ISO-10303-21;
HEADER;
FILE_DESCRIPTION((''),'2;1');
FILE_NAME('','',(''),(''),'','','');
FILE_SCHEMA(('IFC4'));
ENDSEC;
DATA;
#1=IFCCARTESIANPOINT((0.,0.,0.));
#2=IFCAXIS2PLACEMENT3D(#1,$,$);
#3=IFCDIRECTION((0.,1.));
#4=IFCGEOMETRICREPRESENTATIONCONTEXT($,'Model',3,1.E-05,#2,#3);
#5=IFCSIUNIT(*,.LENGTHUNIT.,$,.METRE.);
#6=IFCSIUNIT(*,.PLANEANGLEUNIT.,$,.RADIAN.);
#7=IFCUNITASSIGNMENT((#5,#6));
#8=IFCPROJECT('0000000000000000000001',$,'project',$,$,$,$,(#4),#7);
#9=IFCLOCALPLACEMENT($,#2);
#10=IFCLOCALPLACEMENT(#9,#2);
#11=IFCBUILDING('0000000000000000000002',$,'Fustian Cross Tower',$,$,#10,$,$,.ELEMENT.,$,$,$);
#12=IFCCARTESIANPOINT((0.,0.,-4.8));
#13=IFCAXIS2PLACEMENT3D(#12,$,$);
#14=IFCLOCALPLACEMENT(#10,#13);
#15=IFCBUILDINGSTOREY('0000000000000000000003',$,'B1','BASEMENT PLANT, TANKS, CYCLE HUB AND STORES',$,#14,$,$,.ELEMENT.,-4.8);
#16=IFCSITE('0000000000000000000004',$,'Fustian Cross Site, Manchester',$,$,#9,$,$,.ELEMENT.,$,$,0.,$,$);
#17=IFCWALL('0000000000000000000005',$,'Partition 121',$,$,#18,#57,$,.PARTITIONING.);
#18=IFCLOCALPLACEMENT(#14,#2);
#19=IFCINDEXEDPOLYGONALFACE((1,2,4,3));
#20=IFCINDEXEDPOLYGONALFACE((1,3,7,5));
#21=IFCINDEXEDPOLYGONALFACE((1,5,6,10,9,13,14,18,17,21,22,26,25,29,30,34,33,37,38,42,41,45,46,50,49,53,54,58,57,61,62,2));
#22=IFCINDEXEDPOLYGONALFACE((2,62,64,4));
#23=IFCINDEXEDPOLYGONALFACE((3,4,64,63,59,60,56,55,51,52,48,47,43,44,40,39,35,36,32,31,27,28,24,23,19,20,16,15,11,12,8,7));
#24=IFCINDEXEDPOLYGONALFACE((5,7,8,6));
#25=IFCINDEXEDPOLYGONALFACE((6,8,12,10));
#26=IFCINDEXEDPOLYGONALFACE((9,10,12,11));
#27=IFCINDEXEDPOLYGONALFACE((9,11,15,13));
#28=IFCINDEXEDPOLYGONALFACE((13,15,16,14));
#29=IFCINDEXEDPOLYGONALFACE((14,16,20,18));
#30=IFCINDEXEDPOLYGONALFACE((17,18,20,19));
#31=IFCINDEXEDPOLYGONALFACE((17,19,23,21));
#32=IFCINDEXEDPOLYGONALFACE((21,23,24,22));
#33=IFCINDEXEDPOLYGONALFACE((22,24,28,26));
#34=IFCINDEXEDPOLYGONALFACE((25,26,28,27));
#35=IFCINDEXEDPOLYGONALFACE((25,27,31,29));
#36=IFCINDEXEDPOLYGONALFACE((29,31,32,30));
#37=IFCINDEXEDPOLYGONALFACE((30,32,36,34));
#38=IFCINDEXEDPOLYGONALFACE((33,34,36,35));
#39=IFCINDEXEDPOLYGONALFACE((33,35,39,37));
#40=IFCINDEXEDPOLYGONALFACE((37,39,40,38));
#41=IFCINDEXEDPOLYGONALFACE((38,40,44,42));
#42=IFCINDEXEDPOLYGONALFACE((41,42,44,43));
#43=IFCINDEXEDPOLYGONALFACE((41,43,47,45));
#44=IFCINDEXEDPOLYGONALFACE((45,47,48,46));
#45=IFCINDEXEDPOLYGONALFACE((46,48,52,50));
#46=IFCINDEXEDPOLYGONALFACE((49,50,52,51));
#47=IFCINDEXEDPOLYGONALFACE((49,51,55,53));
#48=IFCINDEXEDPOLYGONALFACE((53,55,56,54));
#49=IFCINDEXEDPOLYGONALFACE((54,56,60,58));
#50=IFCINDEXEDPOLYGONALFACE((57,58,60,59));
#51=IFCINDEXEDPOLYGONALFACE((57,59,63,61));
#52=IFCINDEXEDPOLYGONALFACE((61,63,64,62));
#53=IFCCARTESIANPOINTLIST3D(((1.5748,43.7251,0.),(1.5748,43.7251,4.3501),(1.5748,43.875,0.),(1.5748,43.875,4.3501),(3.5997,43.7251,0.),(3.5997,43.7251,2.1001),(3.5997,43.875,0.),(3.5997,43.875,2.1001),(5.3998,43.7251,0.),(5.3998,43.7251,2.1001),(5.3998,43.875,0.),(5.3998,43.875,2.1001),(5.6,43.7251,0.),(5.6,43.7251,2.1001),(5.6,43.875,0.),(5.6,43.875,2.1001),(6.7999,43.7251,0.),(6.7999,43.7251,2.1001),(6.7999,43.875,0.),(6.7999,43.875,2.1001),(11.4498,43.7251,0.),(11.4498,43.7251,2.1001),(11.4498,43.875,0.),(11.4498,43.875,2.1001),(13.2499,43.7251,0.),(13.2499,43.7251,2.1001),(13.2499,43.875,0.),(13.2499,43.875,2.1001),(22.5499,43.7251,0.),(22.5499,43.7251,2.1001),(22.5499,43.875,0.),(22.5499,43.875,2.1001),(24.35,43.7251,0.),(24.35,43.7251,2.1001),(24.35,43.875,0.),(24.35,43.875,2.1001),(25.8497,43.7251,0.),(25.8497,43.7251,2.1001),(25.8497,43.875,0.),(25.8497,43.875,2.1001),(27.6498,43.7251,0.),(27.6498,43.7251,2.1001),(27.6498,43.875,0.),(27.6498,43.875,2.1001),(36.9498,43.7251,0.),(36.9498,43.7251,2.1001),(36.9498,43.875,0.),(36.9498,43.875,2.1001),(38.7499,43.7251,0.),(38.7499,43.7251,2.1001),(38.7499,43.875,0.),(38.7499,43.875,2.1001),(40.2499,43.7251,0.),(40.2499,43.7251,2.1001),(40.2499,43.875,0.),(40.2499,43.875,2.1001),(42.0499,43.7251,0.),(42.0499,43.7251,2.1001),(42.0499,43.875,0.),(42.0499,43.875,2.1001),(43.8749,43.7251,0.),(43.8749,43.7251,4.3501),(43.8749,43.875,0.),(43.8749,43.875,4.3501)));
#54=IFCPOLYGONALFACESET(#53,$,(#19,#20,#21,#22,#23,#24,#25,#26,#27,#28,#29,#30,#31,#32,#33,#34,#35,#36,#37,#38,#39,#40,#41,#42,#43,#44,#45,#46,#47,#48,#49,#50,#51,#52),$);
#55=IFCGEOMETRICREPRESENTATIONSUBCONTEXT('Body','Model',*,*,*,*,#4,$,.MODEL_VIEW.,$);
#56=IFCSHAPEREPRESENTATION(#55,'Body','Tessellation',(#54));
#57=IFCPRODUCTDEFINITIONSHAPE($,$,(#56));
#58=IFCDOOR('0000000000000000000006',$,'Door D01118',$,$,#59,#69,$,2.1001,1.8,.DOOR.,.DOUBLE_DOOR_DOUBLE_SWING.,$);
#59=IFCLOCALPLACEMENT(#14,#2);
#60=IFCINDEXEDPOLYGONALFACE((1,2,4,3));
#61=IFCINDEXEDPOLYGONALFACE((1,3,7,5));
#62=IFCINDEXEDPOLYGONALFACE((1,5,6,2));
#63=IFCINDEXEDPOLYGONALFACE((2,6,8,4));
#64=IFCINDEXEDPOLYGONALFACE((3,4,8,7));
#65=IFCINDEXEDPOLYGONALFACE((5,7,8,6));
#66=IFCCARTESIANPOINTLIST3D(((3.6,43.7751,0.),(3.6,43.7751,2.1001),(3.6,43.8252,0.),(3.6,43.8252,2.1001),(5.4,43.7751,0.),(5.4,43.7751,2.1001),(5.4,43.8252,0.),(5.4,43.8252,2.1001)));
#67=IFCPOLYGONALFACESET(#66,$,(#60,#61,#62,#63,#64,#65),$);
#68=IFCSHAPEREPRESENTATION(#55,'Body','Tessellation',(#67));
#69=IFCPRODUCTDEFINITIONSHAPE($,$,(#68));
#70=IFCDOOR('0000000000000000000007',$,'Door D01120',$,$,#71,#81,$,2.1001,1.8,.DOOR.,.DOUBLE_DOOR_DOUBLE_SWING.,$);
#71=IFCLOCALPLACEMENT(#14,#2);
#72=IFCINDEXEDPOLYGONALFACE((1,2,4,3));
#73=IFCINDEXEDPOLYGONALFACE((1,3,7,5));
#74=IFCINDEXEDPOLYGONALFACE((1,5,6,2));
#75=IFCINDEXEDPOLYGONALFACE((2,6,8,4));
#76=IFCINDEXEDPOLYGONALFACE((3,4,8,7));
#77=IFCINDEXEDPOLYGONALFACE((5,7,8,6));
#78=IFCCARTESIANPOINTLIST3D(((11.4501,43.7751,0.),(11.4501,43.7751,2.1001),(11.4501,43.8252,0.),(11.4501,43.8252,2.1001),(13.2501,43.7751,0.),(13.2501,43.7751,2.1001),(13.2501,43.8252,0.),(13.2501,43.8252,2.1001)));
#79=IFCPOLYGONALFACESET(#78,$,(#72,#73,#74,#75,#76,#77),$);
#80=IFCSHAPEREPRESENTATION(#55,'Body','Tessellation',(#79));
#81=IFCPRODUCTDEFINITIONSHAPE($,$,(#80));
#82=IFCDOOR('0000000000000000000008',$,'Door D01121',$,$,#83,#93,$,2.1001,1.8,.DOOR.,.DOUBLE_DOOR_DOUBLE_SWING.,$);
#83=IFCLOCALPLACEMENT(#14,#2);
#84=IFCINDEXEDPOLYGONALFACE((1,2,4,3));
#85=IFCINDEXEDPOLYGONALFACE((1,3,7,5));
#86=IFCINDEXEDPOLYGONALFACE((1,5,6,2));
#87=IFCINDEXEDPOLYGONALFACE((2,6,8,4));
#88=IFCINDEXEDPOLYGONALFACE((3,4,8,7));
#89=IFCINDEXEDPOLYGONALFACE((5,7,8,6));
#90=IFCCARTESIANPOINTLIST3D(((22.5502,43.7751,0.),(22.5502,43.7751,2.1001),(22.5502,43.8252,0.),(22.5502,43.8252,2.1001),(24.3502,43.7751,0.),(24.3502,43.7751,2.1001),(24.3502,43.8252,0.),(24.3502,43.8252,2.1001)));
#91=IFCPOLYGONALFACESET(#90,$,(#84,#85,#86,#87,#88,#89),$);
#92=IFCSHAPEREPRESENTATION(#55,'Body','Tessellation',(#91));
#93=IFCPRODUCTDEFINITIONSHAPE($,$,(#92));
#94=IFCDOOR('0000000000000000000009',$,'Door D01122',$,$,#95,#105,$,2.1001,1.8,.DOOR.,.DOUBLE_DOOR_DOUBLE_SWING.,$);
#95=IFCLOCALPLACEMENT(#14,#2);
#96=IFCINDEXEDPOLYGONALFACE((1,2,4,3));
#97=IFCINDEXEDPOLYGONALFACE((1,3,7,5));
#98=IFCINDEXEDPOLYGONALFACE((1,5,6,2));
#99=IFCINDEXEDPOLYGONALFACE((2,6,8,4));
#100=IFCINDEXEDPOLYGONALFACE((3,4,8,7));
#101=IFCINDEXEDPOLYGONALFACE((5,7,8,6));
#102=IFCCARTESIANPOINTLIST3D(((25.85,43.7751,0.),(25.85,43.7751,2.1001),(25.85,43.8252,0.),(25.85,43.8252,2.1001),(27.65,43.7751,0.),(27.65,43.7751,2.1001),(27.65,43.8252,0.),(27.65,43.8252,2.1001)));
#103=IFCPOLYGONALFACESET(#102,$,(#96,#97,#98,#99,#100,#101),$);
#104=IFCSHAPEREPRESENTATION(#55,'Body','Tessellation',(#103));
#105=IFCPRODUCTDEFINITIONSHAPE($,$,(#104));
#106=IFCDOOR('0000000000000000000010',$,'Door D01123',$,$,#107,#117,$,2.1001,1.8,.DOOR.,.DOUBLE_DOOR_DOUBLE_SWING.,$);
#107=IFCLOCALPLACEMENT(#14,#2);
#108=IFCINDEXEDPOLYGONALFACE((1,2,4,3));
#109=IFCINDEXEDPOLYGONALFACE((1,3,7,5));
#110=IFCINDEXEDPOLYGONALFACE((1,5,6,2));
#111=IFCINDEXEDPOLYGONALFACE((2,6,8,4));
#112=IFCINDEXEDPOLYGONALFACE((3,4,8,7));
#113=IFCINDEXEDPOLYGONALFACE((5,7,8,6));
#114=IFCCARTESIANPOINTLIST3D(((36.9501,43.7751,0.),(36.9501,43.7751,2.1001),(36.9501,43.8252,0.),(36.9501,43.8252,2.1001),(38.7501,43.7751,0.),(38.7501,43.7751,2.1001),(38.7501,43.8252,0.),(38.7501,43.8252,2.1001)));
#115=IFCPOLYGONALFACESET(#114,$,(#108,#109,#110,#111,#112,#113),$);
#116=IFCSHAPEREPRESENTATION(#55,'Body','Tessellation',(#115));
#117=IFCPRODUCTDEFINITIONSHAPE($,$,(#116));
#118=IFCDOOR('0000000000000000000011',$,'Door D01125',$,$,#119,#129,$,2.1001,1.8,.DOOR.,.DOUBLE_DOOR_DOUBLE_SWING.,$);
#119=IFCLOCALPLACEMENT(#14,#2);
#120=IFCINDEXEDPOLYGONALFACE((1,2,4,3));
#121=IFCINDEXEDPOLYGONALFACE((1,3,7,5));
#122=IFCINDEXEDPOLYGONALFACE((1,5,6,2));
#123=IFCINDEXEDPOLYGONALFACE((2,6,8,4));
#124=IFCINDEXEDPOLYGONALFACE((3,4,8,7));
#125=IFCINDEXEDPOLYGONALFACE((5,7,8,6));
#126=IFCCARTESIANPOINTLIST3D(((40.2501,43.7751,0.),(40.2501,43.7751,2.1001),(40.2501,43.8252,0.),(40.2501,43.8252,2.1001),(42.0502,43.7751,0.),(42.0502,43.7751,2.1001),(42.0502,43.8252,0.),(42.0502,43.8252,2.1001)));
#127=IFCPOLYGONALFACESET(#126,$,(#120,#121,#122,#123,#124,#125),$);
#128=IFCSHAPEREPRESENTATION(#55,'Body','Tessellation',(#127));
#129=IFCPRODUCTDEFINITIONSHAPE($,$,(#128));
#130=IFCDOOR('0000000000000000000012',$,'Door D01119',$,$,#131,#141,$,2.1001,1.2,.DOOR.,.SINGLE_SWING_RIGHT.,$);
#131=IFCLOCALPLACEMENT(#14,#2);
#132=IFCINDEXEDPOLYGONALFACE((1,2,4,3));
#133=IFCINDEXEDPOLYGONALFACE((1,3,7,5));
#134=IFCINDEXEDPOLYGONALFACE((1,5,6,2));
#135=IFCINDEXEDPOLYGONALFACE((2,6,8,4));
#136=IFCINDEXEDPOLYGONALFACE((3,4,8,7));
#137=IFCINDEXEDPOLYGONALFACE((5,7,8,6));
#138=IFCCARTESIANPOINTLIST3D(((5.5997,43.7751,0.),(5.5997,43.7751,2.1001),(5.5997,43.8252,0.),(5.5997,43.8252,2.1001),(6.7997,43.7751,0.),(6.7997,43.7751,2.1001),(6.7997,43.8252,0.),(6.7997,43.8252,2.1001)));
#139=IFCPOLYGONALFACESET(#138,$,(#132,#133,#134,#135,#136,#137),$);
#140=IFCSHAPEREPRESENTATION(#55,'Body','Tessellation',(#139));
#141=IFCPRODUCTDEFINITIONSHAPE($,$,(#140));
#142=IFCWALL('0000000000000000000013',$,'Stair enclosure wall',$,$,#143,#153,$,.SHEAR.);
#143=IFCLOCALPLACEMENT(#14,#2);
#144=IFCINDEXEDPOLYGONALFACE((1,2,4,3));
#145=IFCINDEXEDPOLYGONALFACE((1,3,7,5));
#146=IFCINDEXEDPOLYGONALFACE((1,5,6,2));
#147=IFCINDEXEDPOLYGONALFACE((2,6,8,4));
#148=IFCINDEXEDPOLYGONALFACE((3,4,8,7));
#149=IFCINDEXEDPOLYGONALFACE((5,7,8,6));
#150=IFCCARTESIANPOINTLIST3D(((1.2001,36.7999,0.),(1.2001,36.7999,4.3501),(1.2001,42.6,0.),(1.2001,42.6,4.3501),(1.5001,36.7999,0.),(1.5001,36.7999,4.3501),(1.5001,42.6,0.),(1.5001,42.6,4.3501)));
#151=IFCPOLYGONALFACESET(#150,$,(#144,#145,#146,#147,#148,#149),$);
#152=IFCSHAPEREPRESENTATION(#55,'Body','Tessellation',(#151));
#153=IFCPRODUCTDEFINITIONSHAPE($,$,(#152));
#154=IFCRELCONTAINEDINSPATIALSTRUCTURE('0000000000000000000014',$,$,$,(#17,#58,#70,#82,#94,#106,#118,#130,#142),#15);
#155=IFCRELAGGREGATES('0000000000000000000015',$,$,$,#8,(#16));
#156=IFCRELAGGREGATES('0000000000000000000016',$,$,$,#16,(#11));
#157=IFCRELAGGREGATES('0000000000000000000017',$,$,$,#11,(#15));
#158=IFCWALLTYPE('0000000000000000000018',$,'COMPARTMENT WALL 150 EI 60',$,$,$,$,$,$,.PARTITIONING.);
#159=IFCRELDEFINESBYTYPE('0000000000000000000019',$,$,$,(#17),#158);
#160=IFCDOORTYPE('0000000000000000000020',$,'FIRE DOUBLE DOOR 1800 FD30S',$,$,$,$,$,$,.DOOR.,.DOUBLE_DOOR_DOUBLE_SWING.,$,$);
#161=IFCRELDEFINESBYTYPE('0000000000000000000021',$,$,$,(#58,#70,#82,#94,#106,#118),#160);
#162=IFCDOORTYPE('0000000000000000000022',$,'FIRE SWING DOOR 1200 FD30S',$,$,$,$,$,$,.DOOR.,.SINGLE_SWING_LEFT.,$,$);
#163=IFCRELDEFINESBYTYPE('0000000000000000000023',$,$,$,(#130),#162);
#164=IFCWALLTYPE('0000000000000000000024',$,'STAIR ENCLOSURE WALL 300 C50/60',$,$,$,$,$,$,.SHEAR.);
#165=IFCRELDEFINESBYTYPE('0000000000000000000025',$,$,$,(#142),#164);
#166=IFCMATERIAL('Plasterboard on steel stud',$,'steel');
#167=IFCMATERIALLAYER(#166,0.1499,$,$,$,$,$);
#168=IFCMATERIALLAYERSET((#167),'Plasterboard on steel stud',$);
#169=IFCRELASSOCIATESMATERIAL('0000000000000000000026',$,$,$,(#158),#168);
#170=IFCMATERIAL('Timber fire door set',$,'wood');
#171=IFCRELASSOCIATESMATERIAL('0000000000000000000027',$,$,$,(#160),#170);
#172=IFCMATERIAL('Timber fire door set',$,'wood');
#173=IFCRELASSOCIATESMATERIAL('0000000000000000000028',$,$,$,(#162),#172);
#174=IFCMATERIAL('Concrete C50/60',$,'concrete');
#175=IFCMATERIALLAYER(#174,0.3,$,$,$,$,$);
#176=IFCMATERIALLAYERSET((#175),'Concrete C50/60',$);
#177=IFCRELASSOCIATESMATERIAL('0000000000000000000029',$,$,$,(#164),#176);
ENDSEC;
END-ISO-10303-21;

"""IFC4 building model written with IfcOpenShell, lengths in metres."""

from ifc_helpers import new_model, si_unit, direction, frame, frame_2d, origin, place, context, subcontext, project, spatial, rectangle, extrude, material, layer, layer_set, type_object, element, fill, save


model = new_model("IFC4")

# Units and contexts
model_context = context("Model", 3, precision=1e-05, world=origin(), true_north=direction((0.0, 1.0)))
body_context = subcontext(model_context, "Body", "Model", "MODEL_VIEW")
ifc_project = project(units=[si_unit("LENGTHUNIT", "METRE"), si_unit("PLANEANGLEUNIT", "RADIAN")], contexts=[model_context])

# Site, building, storey
site_placement = place(None, origin())
site = spatial("IfcSite", under=ifc_project, at=site_placement, Name="Fustian Cross Site, Manchester", CompositionType="ELEMENT", RefElevation=0.0)
building_placement = place(site_placement, origin())
building = spatial("IfcBuilding", under=site, at=building_placement, Name="Fustian Cross Tower", CompositionType="ELEMENT")
storey_placement = place(building_placement, frame((0.0, 0.0, -4.8)))
storey = spatial("IfcBuildingStorey", under=building, at=storey_placement, Name="B1", Description="BASEMENT PLANT, TANKS, CYCLE HUB AND STORES", CompositionType="ELEMENT", Elevation=-4.8)

# Shared definitions
ifc_material_1 = material(Name="Plasterboard on steel stud", Category="steel")
ifc_layer_1 = layer(ifc_material_1, 0.1499)
ifc_layer_set_1 = layer_set([ifc_layer_1], Name="Plasterboard on steel stud")
wall_type_1 = type_object("IfcWallType", Name="COMPARTMENT WALL 150 EI 60", PredefinedType="PARTITIONING", material=ifc_layer_set_1)
ifc_material_2 = material(Name="Timber fire door set", Category="wood")
door_type_1 = type_object("IfcDoorType", Name="FIRE DOUBLE DOOR 1800 FD30S", OperationType="DOUBLE_DOOR_DOUBLE_SWING", PredefinedType="DOOR", material=ifc_material_2)

# Wall, openings, doors
wall_1_placement = place(storey_placement, frame((1.575, 43.8, 0.0), z_axis=(0.0, 0.0, 1.0), x_axis=(1.0, 0.0, 0.0)))
wall_1 = element("IfcWall", 1, at=wall_1_placement, inside=storey, type_object=wall_type_1, Name="Partition 121", PredefinedType="PARTITIONING", context=body_context, shape_type="SweptSolid", body=[
    extrude(rectangle(XDim=42.3, YDim=0.1499, at=frame_2d((21.1499, 0.0))), origin(), (0.0, 0.0, 1.0), 4.3501),
])
opening_1_placement = place(wall_1_placement, frame((2.0249, 0.0, 0.0)))
opening_1 = element("IfcOpeningElement", 2, at=opening_1_placement, cuts=wall_1, PredefinedType="OPENING", context=body_context, shape_type="SweptSolid", body=[
    extrude(rectangle(XDim=1.8, YDim=2.1001, at=frame_2d((0.8999, 1.05))), frame((0.0, 0.085, 0.0), z_axis=(0.0, -1.0, 0.0), x_axis=(1.0, 0.0, 0.0)), (0.0, 0.0, 1.0), 0.1699),
])
opening_2_placement = place(wall_1_placement, frame((4.0249, 0.0, 0.0)))
opening_2 = element("IfcOpeningElement", 3, at=opening_2_placement, cuts=wall_1, PredefinedType="OPENING", context=body_context, shape_type="SweptSolid", body=[
    extrude(rectangle(XDim=1.2, YDim=2.1001, at=frame_2d((0.6001, 1.05))), frame((0.0, 0.085, 0.0), z_axis=(0.0, -1.0, 0.0), x_axis=(1.0, 0.0, 0.0)), (0.0, 0.0, 1.0), 0.1699),
])
opening_3_placement = place(wall_1_placement, frame((9.875, 0.0, 0.0)))
opening_3 = element("IfcOpeningElement", 4, at=opening_3_placement, cuts=wall_1, PredefinedType="OPENING", context=body_context, shape_type="SweptSolid", body=[
    extrude(rectangle(XDim=1.8, YDim=2.1001, at=frame_2d((0.8999, 1.05))), frame((0.0, 0.085, 0.0), z_axis=(0.0, -1.0, 0.0), x_axis=(1.0, 0.0, 0.0)), (0.0, 0.0, 1.0), 0.1699),
])
opening_4_placement = place(wall_1_placement, frame((20.9751, 0.0, 0.0)))
opening_4 = element("IfcOpeningElement", 5, at=opening_4_placement, cuts=wall_1, PredefinedType="OPENING", context=body_context, shape_type="SweptSolid", body=[
    extrude(rectangle(XDim=1.8, YDim=2.1001, at=frame_2d((0.8999, 1.05))), frame((0.0, 0.085, 0.0), z_axis=(0.0, -1.0, 0.0), x_axis=(1.0, 0.0, 0.0)), (0.0, 0.0, 1.0), 0.1699),
])
opening_5_placement = place(wall_1_placement, frame((24.2749, 0.0, 0.0)))
opening_5 = element("IfcOpeningElement", 6, at=opening_5_placement, cuts=wall_1, PredefinedType="OPENING", context=body_context, shape_type="SweptSolid", body=[
    extrude(rectangle(XDim=1.8, YDim=2.1001, at=frame_2d((0.8999, 1.05))), frame((0.0, 0.085, 0.0), z_axis=(0.0, -1.0, 0.0), x_axis=(1.0, 0.0, 0.0)), (0.0, 0.0, 1.0), 0.1699),
])
opening_6_placement = place(wall_1_placement, frame((35.375, 0.0, 0.0)))
opening_6 = element("IfcOpeningElement", 7, at=opening_6_placement, cuts=wall_1, PredefinedType="OPENING", context=body_context, shape_type="SweptSolid", body=[
    extrude(rectangle(XDim=1.8, YDim=2.1001, at=frame_2d((0.8999, 1.05))), frame((0.0, 0.085, 0.0), z_axis=(0.0, -1.0, 0.0), x_axis=(1.0, 0.0, 0.0)), (0.0, 0.0, 1.0), 0.1699),
])
opening_7_placement = place(wall_1_placement, frame((38.675, 0.0, 0.0)))
opening_7 = element("IfcOpeningElement", 8, at=opening_7_placement, cuts=wall_1, PredefinedType="OPENING", context=body_context, shape_type="SweptSolid", body=[
    extrude(rectangle(XDim=1.8, YDim=2.1001, at=frame_2d((0.8999, 1.05))), frame((0.0, 0.085, 0.0), z_axis=(0.0, -1.0, 0.0), x_axis=(1.0, 0.0, 0.0)), (0.0, 0.0, 1.0), 0.1699),
])
door_1_placement = place(opening_1_placement, frame((1.8, 0.0, 0.0), z_axis=(0.0, 0.0, 1.0), x_axis=(-1.0, 0.0, 0.0)))
door_1 = element("IfcDoor", 9, at=door_1_placement, inside=storey, type_object=door_type_1, Name="Door D01118", OperationType="DOUBLE_DOOR_DOUBLE_SWING", OverallHeight=2.1001, OverallWidth=1.8, PredefinedType="DOOR", context=body_context, shape_type="SweptSolid", body=[
    extrude(rectangle(XDim=1.8, YDim=2.1001, at=frame_2d((0.8999, 1.05))), frame((0.0, 0.0249, 0.0), z_axis=(0.0, -1.0, 0.0), x_axis=(1.0, 0.0, 0.0)), (0.0, 0.0, 1.0), 0.05),
])
fill(opening_1, door_1)
door_2_placement = place(opening_3_placement, frame((1.8, 0.0, 0.0), z_axis=(0.0, 0.0, 1.0), x_axis=(-1.0, 0.0, 0.0)))
door_2 = element("IfcDoor", 10, at=door_2_placement, inside=storey, type_object=door_type_1, Name="Door D01120", OperationType="DOUBLE_DOOR_DOUBLE_SWING", OverallHeight=2.1001, OverallWidth=1.8, PredefinedType="DOOR", context=body_context, shape_type="SweptSolid", body=[
    extrude(rectangle(XDim=1.8, YDim=2.1001, at=frame_2d((0.8999, 1.05))), frame((0.0, 0.0249, 0.0), z_axis=(0.0, -1.0, 0.0), x_axis=(1.0, 0.0, 0.0)), (0.0, 0.0, 1.0), 0.05),
])
fill(opening_3, door_2)
door_3_placement = place(opening_4_placement, frame((1.8, 0.0, 0.0), z_axis=(0.0, 0.0, 1.0), x_axis=(-1.0, 0.0, 0.0)))
door_3 = element("IfcDoor", 11, at=door_3_placement, inside=storey, type_object=door_type_1, Name="Door D01121", OperationType="DOUBLE_DOOR_DOUBLE_SWING", OverallHeight=2.1001, OverallWidth=1.8, PredefinedType="DOOR", context=body_context, shape_type="SweptSolid", body=[
    extrude(rectangle(XDim=1.8, YDim=2.1001, at=frame_2d((0.8999, 1.05))), frame((0.0, 0.0249, 0.0), z_axis=(0.0, -1.0, 0.0), x_axis=(1.0, 0.0, 0.0)), (0.0, 0.0, 1.0), 0.05),
])
fill(opening_4, door_3)
door_4_placement = place(opening_5_placement, frame((1.8, 0.0, 0.0), z_axis=(0.0, 0.0, 1.0), x_axis=(-1.0, 0.0, 0.0)))
door_4 = element("IfcDoor", 12, at=door_4_placement, inside=storey, type_object=door_type_1, Name="Door D01122", OperationType="DOUBLE_DOOR_DOUBLE_SWING", OverallHeight=2.1001, OverallWidth=1.8, PredefinedType="DOOR", context=body_context, shape_type="SweptSolid", body=[
    extrude(rectangle(XDim=1.8, YDim=2.1001, at=frame_2d((0.8999, 1.05))), frame((0.0, 0.0249, 0.0), z_axis=(0.0, -1.0, 0.0), x_axis=(1.0, 0.0, 0.0)), (0.0, 0.0, 1.0), 0.05),
])
fill(opening_5, door_4)
door_5_placement = place(opening_6_placement, frame((1.8, 0.0, 0.0), z_axis=(0.0, 0.0, 1.0), x_axis=(-1.0, 0.0, 0.0)))
door_5 = element("IfcDoor", 13, at=door_5_placement, inside=storey, type_object=door_type_1, Name="Door D01123", OperationType="DOUBLE_DOOR_DOUBLE_SWING", OverallHeight=2.1001, OverallWidth=1.8, PredefinedType="DOOR", context=body_context, shape_type="SweptSolid", body=[
    extrude(rectangle(XDim=1.8, YDim=2.1001, at=frame_2d((0.8999, 1.05))), frame((0.0, 0.0249, 0.0), z_axis=(0.0, -1.0, 0.0), x_axis=(1.0, 0.0, 0.0)), (0.0, 0.0, 1.0), 0.05),
])
fill(opening_6, door_5)
door_6_placement = place(opening_7_placement, frame((1.8, 0.0, 0.0), z_axis=(0.0, 0.0, 1.0), x_axis=(-1.0, 0.0, 0.0)))
door_6 = element("IfcDoor", 14, at=door_6_placement, inside=storey, type_object=door_type_1, Name="Door D01125", OperationType="DOUBLE_DOOR_DOUBLE_SWING", OverallHeight=2.1001, OverallWidth=1.8, PredefinedType="DOOR", context=body_context, shape_type="SweptSolid", body=[
    extrude(rectangle(XDim=1.8, YDim=2.1001, at=frame_2d((0.8999, 1.05))), frame((0.0, 0.0249, 0.0), z_axis=(0.0, -1.0, 0.0), x_axis=(1.0, 0.0, 0.0)), (0.0, 0.0, 1.0), 0.05),
])
fill(opening_7, door_6)
ifc_material_3 = material(Name="Timber fire door set", Category="wood")
door_type_2 = type_object("IfcDoorType", Name="FIRE SWING DOOR 1200 FD30S", OperationType="SINGLE_SWING_LEFT", PredefinedType="DOOR", material=ifc_material_3)
door_7_placement = place(opening_2_placement, frame((1.2, 0.0, 0.0), z_axis=(0.0, 0.0, 1.0), x_axis=(-1.0, 0.0, 0.0)))
door_7 = element("IfcDoor", 15, at=door_7_placement, inside=storey, type_object=door_type_2, Name="Door D01119", OperationType="SINGLE_SWING_RIGHT", OverallHeight=2.1001, OverallWidth=1.2, PredefinedType="DOOR", context=body_context, shape_type="SweptSolid", body=[
    extrude(rectangle(XDim=1.2, YDim=2.1001, at=frame_2d((0.6001, 1.05))), frame((0.0, 0.0249, 0.0), z_axis=(0.0, -1.0, 0.0), x_axis=(1.0, 0.0, 0.0)), (0.0, 0.0, 1.0), 0.05),
])
fill(opening_2, door_7)

# Wall
ifc_material_4 = material(Name="Concrete C50/60", Category="concrete")
ifc_layer_2 = layer(ifc_material_4, 0.3)
ifc_layer_set_2 = layer_set([ifc_layer_2], Name="Concrete C50/60")
wall_type_2 = type_object("IfcWallType", Name="STAIR ENCLOSURE WALL 300 C50/60", PredefinedType="SHEAR", material=ifc_layer_set_2)
wall_2_placement = place(storey_placement, frame((1.3501, 36.8, 0.0), z_axis=(0.0, 0.0, 1.0), x_axis=(0.0, 1.0, 0.0)))
element("IfcWall", 16, at=wall_2_placement, inside=storey, type_object=wall_type_2, Name="Stair enclosure wall", PredefinedType="SHEAR", context=body_context, shape_type="SweptSolid", body=[
    extrude(rectangle(XDim=5.8, YDim=0.3, at=frame_2d((2.8999, 0.0))), origin(), (0.0, 0.0, 1.0), 4.3501),
])

save(model, "model.ifc")
